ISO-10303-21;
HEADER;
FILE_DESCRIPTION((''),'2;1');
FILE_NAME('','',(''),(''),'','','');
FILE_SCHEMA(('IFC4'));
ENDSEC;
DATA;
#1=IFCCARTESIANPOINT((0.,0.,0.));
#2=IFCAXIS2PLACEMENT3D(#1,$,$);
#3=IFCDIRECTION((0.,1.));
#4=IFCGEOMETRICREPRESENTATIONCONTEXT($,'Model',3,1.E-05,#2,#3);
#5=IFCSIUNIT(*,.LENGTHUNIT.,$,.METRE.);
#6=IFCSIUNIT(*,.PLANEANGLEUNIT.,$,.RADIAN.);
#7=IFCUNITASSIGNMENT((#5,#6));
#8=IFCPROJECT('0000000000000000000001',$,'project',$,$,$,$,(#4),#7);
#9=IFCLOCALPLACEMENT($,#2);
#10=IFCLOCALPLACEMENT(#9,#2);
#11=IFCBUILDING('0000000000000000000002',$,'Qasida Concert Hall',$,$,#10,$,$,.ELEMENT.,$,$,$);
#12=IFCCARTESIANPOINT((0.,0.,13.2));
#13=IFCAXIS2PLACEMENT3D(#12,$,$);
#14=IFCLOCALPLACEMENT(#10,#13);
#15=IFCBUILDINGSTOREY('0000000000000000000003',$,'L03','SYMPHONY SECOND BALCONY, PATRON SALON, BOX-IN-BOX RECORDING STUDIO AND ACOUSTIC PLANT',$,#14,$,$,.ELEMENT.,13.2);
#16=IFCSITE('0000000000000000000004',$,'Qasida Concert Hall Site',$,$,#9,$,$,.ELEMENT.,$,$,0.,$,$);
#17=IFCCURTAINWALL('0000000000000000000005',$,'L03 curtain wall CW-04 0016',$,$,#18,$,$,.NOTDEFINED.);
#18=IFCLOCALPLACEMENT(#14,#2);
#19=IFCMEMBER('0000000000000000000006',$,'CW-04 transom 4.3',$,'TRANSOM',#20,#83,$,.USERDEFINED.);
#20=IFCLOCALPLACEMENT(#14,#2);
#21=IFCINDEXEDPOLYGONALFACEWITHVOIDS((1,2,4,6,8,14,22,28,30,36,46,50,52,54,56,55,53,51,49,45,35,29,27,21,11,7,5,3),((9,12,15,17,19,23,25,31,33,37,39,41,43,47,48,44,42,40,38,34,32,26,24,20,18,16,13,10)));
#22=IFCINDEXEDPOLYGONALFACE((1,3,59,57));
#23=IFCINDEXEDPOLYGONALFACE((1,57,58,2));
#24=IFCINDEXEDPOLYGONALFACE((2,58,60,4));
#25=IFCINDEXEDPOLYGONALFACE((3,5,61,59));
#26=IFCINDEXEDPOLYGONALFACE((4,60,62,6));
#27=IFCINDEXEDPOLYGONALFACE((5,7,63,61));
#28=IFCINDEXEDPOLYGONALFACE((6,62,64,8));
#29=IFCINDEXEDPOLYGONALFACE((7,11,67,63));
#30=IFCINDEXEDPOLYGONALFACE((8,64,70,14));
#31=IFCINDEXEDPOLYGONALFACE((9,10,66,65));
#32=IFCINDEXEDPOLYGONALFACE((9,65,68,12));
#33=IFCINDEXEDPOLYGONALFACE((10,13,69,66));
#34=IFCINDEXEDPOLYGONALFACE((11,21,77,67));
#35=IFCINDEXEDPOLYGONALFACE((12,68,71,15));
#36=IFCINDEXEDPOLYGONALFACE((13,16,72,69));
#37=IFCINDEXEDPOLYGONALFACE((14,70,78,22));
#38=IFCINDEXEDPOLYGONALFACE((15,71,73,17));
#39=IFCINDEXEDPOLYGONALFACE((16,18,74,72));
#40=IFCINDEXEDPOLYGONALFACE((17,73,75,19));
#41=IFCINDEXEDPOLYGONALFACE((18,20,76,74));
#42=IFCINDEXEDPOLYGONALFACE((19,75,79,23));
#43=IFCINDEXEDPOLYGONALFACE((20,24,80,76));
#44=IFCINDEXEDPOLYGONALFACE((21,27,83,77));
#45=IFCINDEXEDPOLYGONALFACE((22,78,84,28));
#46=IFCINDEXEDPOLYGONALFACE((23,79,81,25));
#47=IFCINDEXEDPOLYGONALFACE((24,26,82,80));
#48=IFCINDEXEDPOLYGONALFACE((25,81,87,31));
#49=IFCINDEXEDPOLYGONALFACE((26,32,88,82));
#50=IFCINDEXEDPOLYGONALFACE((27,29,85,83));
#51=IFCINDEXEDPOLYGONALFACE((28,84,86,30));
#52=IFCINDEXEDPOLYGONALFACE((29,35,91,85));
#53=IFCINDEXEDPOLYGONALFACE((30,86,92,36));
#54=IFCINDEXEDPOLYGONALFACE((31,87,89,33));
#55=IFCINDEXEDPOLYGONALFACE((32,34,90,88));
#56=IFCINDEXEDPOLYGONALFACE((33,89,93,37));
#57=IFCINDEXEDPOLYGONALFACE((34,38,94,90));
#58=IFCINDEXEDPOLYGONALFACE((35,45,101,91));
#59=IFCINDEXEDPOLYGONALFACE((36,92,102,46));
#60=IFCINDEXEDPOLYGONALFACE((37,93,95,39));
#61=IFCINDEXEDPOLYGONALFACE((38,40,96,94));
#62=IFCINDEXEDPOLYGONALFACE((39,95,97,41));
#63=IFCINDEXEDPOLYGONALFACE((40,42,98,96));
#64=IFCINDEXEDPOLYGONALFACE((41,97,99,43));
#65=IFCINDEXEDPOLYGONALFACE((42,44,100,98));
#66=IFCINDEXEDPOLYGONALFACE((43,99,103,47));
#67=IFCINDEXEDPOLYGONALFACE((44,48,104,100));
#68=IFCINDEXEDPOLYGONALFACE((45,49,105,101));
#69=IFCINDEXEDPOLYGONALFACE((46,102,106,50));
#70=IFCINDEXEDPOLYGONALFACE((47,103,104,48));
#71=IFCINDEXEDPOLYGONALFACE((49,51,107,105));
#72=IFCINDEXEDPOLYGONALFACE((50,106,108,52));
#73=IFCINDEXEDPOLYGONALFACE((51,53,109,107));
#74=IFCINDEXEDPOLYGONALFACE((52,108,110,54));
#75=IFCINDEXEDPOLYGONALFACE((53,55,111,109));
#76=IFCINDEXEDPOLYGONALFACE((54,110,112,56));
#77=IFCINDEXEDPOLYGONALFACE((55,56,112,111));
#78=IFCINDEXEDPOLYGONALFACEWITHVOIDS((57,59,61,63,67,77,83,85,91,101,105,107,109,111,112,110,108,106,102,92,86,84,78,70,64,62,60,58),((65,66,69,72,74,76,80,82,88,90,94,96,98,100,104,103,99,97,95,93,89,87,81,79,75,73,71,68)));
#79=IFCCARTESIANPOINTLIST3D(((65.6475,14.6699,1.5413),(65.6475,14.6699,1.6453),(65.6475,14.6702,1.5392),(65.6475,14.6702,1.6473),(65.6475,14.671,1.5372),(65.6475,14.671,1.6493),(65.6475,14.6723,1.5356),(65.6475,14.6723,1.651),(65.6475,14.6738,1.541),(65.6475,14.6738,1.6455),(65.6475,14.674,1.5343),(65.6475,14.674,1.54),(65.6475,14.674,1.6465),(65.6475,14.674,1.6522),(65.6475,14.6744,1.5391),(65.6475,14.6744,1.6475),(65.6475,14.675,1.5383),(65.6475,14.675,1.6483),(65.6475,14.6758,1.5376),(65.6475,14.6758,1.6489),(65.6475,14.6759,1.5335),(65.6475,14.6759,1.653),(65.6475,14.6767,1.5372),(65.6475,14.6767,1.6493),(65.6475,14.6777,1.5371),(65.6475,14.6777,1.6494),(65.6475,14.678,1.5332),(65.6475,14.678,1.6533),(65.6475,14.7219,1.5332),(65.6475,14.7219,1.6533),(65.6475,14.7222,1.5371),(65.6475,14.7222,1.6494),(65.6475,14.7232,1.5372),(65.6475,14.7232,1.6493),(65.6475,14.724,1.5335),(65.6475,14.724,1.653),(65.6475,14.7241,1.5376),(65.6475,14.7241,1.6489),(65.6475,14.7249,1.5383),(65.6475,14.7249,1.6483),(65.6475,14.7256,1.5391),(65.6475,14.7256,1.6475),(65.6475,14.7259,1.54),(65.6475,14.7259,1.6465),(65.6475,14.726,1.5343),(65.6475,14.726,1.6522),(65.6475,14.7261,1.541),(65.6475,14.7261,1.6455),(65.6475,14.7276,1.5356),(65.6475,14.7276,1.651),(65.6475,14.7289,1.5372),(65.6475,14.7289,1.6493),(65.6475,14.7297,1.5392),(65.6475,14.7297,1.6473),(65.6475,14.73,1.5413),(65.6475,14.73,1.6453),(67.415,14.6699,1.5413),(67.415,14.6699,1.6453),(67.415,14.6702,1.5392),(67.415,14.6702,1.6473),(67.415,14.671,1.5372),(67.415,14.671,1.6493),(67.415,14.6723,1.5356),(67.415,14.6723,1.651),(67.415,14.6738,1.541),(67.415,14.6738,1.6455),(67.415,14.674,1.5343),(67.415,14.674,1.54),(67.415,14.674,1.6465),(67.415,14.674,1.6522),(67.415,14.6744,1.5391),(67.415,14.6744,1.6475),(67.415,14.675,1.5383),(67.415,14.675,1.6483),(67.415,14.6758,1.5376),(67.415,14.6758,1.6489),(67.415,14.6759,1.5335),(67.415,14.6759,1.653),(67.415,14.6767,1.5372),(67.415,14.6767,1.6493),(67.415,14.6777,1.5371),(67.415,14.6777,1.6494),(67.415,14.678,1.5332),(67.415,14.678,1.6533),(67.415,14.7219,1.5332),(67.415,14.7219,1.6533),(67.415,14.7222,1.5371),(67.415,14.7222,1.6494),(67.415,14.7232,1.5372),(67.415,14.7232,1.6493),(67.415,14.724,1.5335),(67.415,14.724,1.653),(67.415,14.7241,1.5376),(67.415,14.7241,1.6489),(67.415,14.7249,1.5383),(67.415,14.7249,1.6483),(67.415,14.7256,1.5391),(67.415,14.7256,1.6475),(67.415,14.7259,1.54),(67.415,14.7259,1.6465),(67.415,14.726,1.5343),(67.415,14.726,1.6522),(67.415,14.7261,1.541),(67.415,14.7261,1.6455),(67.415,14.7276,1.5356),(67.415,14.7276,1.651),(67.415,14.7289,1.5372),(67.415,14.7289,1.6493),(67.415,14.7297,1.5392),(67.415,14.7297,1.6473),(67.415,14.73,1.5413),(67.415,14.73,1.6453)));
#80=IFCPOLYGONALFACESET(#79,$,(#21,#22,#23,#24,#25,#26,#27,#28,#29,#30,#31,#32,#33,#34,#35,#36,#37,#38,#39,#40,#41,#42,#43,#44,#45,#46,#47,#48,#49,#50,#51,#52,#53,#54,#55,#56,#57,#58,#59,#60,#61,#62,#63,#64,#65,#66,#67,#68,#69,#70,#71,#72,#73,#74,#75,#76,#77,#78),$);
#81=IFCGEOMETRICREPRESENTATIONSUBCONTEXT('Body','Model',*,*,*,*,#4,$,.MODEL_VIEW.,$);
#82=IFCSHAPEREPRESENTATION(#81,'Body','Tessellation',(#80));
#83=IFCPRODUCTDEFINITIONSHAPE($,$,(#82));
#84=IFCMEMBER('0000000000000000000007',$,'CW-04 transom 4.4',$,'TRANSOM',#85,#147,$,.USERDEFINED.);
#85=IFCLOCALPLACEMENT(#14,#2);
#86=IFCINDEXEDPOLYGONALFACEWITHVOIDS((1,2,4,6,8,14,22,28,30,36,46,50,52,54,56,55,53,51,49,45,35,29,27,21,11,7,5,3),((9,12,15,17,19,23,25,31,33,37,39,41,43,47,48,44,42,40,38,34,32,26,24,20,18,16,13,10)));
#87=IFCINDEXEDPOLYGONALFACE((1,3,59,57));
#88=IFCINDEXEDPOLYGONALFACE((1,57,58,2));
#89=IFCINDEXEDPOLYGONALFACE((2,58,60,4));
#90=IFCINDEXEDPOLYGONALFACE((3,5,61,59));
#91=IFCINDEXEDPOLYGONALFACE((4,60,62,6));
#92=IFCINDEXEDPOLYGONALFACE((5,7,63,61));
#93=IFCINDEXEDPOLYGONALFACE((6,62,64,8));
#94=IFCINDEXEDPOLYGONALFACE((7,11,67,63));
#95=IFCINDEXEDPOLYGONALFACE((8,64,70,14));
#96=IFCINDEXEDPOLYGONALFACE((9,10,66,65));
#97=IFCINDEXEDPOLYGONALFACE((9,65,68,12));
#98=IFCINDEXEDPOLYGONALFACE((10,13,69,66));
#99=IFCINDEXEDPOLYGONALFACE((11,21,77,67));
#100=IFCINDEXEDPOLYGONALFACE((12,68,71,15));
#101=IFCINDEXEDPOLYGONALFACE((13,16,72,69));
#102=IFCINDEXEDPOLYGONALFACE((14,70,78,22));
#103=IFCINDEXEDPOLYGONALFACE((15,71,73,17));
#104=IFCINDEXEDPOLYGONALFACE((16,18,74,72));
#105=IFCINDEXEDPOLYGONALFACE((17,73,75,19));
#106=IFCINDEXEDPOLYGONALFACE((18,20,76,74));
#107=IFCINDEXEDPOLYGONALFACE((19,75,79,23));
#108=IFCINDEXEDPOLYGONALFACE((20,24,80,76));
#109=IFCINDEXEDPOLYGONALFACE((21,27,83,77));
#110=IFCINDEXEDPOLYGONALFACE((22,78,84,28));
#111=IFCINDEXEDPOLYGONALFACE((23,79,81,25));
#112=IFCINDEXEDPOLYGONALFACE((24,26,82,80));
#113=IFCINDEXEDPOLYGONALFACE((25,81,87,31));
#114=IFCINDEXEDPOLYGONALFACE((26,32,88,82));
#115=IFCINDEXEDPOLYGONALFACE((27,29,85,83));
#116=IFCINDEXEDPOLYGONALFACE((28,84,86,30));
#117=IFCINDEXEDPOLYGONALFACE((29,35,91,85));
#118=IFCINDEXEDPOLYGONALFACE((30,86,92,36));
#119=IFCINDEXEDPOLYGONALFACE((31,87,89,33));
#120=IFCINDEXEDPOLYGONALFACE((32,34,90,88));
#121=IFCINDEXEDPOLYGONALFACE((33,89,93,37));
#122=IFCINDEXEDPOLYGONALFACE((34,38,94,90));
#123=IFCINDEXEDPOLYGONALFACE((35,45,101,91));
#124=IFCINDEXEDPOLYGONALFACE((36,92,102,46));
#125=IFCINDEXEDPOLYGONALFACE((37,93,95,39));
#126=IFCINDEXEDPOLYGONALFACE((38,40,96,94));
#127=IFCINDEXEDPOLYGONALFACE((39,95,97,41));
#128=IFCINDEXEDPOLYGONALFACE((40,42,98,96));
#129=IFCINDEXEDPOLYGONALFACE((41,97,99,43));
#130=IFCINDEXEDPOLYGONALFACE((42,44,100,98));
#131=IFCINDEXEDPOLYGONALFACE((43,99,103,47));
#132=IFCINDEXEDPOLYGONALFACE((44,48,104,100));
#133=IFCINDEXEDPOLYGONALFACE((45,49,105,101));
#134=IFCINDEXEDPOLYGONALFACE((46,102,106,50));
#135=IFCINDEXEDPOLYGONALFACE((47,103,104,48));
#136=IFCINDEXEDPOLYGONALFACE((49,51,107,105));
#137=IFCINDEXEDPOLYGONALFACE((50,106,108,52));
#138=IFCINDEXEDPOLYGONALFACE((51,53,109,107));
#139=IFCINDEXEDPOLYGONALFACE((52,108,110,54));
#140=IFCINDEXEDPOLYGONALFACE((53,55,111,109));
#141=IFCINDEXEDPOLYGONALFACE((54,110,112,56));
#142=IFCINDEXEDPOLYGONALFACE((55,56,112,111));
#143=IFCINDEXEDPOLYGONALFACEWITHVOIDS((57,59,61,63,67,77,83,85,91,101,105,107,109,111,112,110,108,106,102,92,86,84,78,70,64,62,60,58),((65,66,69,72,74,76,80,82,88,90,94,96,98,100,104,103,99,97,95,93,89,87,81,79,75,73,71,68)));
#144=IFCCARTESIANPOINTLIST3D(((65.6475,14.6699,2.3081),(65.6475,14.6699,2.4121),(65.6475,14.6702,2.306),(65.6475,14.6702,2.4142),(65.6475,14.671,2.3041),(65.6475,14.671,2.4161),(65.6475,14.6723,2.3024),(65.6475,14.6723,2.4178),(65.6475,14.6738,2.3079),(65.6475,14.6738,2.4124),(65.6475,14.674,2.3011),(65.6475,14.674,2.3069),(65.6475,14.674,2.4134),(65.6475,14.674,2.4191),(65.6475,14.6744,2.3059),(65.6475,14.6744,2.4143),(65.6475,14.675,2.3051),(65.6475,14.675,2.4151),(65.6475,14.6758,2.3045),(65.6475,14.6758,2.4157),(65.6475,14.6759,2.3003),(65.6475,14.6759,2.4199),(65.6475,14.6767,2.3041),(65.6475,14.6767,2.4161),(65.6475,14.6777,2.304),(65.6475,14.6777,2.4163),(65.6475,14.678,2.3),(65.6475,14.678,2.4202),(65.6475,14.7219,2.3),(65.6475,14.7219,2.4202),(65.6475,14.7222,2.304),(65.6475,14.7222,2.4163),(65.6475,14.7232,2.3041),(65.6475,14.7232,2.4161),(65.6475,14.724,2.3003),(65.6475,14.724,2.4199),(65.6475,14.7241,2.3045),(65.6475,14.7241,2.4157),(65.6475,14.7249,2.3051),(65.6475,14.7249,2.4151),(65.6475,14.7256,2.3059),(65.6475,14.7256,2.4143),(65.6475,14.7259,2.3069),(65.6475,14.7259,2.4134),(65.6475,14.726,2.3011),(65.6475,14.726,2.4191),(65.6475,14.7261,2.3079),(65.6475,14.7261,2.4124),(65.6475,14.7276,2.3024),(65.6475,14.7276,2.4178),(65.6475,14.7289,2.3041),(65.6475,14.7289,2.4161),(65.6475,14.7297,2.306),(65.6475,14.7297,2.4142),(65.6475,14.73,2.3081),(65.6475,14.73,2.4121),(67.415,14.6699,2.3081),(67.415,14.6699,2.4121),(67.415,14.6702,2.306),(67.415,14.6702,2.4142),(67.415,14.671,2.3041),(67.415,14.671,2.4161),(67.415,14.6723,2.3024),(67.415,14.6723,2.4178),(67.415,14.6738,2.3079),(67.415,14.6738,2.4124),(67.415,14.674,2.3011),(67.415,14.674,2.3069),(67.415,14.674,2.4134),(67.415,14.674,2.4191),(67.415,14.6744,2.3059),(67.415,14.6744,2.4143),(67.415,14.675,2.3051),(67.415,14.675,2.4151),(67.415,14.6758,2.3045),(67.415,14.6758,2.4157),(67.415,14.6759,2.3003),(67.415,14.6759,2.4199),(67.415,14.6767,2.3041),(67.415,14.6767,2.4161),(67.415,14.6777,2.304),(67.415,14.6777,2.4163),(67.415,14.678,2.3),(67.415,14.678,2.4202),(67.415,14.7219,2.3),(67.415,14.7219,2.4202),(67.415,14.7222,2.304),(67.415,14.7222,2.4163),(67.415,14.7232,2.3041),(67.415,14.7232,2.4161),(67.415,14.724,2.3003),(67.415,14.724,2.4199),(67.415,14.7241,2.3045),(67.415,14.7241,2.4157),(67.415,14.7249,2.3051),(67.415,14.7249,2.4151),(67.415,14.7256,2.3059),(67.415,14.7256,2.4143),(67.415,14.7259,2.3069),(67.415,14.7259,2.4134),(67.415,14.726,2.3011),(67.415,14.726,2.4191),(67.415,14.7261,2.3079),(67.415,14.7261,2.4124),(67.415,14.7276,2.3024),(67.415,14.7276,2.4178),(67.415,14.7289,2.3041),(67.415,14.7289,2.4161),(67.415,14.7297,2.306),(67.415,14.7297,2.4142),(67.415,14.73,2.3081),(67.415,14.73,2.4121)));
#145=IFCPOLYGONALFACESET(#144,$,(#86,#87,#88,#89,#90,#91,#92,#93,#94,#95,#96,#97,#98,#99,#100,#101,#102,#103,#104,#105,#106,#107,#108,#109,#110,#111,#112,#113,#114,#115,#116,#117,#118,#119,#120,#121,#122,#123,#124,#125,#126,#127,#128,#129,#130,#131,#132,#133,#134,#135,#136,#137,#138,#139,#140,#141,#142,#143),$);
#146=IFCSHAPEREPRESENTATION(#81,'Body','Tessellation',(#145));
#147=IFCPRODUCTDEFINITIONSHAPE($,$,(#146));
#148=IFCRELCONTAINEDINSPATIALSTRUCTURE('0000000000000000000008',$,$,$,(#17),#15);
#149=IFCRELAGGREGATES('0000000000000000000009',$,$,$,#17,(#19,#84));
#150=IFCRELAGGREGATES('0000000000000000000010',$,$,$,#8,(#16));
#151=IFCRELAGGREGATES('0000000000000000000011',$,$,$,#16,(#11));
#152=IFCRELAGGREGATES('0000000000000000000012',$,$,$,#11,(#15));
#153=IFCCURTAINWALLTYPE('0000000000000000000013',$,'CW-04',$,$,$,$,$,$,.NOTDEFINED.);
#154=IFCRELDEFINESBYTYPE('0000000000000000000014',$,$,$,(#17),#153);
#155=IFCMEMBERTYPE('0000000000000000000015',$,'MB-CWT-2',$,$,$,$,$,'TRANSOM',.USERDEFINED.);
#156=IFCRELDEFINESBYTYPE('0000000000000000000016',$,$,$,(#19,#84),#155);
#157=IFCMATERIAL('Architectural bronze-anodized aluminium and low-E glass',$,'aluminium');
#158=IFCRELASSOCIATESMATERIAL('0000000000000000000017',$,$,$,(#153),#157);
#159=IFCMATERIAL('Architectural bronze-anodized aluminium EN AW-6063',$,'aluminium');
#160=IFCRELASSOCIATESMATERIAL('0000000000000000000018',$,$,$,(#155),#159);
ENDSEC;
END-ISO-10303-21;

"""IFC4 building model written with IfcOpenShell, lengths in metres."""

from ifc_helpers import new_model, si_unit, direction, frame, origin, origin_2d, place, context, subcontext, project, spatial, hollow_rectangle, extrude, material, material_profile, profile_set, type_object, element, aggregate, save


model = new_model("IFC4")

# Units and contexts
model_context = context("Model", 3, precision=1e-05, world=origin(), true_north=direction((0.0, 1.0)))
body_context = subcontext(model_context, "Body", "Model", "MODEL_VIEW")
ifc_project = project(units=[si_unit("LENGTHUNIT", "METRE"), si_unit("PLANEANGLEUNIT", "RADIAN")], contexts=[model_context])

# Site, building, storey
site_placement = place(None, origin())
site = spatial("IfcSite", under=ifc_project, at=site_placement, Name="Qasida Concert Hall Site", CompositionType="ELEMENT", RefElevation=0.0)
building_placement = place(site_placement, origin())
building = spatial("IfcBuilding", under=site, at=building_placement, Name="Qasida Concert Hall", CompositionType="ELEMENT")
storey_placement = place(building_placement, frame((0.0, 0.0, 13.2)))
storey = spatial("IfcBuildingStorey", under=building, at=storey_placement, Name="L03", Description="SYMPHONY SECOND BALCONY, PATRON SALON, BOX-IN-BOX RECORDING STUDIO AND ACOUSTIC PLANT", CompositionType="ELEMENT", Elevation=13.2)

# Curtain wall
ifc_material_1 = material(Name="Architectural bronze-anodized aluminium and low-E glass", Category="aluminium")
curtain_wall_type = type_object("IfcCurtainWallType", Name="CW-04", PredefinedType="NOTDEFINED", material=ifc_material_1)
curtain_wall_1_placement = place(storey_placement, origin())
curtain_wall_1 = element("IfcCurtainWall", 1, at=curtain_wall_1_placement, inside=storey, type_object=curtain_wall_type, Name="L03 curtain wall CW-04 0016", PredefinedType="NOTDEFINED")
ifc_material_2 = material(Name="Architectural bronze-anodized aluminium EN AW-6063", Category="aluminium")

# Members
ifc_material_profile_1 = material_profile(ifc_material_2, hollow_rectangle(XDim=0.0601, YDim=0.1201, WallThickness=0.0039, InnerFilletRadius=0.0039, OuterFilletRadius=0.0081, at=origin_2d()), Name="CWT 120x60x4")
ifc_profile_set_1 = profile_set([ifc_material_profile_1], Name="Architectural bronze-anodized aluminium EN AW-6063")
member_type_1 = type_object("IfcMemberType", Name="MB-CWT-2", ElementType="TRANSOM", PredefinedType="USERDEFINED", material=ifc_profile_set_1)
member_1_placement = place(storey_placement, frame((65.6475, 14.7, 1.5933), z_axis=(1.0, 0.0, 0.0), x_axis=(0.0, 1.0, 0.0)))
member_1 = element("IfcMember", 2, at=member_1_placement, type_object=member_type_1, Name="CW-04 transom 4.3", ObjectType="TRANSOM", PredefinedType="USERDEFINED", context=body_context, shape_type="SweptSolid", body=[
    extrude(hollow_rectangle(XDim=0.0601, YDim=0.1201, WallThickness=0.0039, InnerFilletRadius=0.0039, OuterFilletRadius=0.0081, at=origin_2d()), origin(), (0.0, 0.0, 1.0), 1.7676),
])
member_2_placement = place(storey_placement, frame((65.6475, 14.7, 2.3601), z_axis=(1.0, 0.0, 0.0), x_axis=(0.0, 1.0, 0.0)))
member_2 = element("IfcMember", 3, at=member_2_placement, type_object=member_type_1, Name="CW-04 transom 4.4", ObjectType="TRANSOM", PredefinedType="USERDEFINED", context=body_context, shape_type="SweptSolid", body=[
    extrude(hollow_rectangle(XDim=0.0601, YDim=0.1201, WallThickness=0.0039, InnerFilletRadius=0.0039, OuterFilletRadius=0.0081, at=origin_2d()), origin(), (0.0, 0.0, 1.0), 1.7676),
])

aggregate(curtain_wall_1, [member_1, member_2])

save(model, "model.ifc")
